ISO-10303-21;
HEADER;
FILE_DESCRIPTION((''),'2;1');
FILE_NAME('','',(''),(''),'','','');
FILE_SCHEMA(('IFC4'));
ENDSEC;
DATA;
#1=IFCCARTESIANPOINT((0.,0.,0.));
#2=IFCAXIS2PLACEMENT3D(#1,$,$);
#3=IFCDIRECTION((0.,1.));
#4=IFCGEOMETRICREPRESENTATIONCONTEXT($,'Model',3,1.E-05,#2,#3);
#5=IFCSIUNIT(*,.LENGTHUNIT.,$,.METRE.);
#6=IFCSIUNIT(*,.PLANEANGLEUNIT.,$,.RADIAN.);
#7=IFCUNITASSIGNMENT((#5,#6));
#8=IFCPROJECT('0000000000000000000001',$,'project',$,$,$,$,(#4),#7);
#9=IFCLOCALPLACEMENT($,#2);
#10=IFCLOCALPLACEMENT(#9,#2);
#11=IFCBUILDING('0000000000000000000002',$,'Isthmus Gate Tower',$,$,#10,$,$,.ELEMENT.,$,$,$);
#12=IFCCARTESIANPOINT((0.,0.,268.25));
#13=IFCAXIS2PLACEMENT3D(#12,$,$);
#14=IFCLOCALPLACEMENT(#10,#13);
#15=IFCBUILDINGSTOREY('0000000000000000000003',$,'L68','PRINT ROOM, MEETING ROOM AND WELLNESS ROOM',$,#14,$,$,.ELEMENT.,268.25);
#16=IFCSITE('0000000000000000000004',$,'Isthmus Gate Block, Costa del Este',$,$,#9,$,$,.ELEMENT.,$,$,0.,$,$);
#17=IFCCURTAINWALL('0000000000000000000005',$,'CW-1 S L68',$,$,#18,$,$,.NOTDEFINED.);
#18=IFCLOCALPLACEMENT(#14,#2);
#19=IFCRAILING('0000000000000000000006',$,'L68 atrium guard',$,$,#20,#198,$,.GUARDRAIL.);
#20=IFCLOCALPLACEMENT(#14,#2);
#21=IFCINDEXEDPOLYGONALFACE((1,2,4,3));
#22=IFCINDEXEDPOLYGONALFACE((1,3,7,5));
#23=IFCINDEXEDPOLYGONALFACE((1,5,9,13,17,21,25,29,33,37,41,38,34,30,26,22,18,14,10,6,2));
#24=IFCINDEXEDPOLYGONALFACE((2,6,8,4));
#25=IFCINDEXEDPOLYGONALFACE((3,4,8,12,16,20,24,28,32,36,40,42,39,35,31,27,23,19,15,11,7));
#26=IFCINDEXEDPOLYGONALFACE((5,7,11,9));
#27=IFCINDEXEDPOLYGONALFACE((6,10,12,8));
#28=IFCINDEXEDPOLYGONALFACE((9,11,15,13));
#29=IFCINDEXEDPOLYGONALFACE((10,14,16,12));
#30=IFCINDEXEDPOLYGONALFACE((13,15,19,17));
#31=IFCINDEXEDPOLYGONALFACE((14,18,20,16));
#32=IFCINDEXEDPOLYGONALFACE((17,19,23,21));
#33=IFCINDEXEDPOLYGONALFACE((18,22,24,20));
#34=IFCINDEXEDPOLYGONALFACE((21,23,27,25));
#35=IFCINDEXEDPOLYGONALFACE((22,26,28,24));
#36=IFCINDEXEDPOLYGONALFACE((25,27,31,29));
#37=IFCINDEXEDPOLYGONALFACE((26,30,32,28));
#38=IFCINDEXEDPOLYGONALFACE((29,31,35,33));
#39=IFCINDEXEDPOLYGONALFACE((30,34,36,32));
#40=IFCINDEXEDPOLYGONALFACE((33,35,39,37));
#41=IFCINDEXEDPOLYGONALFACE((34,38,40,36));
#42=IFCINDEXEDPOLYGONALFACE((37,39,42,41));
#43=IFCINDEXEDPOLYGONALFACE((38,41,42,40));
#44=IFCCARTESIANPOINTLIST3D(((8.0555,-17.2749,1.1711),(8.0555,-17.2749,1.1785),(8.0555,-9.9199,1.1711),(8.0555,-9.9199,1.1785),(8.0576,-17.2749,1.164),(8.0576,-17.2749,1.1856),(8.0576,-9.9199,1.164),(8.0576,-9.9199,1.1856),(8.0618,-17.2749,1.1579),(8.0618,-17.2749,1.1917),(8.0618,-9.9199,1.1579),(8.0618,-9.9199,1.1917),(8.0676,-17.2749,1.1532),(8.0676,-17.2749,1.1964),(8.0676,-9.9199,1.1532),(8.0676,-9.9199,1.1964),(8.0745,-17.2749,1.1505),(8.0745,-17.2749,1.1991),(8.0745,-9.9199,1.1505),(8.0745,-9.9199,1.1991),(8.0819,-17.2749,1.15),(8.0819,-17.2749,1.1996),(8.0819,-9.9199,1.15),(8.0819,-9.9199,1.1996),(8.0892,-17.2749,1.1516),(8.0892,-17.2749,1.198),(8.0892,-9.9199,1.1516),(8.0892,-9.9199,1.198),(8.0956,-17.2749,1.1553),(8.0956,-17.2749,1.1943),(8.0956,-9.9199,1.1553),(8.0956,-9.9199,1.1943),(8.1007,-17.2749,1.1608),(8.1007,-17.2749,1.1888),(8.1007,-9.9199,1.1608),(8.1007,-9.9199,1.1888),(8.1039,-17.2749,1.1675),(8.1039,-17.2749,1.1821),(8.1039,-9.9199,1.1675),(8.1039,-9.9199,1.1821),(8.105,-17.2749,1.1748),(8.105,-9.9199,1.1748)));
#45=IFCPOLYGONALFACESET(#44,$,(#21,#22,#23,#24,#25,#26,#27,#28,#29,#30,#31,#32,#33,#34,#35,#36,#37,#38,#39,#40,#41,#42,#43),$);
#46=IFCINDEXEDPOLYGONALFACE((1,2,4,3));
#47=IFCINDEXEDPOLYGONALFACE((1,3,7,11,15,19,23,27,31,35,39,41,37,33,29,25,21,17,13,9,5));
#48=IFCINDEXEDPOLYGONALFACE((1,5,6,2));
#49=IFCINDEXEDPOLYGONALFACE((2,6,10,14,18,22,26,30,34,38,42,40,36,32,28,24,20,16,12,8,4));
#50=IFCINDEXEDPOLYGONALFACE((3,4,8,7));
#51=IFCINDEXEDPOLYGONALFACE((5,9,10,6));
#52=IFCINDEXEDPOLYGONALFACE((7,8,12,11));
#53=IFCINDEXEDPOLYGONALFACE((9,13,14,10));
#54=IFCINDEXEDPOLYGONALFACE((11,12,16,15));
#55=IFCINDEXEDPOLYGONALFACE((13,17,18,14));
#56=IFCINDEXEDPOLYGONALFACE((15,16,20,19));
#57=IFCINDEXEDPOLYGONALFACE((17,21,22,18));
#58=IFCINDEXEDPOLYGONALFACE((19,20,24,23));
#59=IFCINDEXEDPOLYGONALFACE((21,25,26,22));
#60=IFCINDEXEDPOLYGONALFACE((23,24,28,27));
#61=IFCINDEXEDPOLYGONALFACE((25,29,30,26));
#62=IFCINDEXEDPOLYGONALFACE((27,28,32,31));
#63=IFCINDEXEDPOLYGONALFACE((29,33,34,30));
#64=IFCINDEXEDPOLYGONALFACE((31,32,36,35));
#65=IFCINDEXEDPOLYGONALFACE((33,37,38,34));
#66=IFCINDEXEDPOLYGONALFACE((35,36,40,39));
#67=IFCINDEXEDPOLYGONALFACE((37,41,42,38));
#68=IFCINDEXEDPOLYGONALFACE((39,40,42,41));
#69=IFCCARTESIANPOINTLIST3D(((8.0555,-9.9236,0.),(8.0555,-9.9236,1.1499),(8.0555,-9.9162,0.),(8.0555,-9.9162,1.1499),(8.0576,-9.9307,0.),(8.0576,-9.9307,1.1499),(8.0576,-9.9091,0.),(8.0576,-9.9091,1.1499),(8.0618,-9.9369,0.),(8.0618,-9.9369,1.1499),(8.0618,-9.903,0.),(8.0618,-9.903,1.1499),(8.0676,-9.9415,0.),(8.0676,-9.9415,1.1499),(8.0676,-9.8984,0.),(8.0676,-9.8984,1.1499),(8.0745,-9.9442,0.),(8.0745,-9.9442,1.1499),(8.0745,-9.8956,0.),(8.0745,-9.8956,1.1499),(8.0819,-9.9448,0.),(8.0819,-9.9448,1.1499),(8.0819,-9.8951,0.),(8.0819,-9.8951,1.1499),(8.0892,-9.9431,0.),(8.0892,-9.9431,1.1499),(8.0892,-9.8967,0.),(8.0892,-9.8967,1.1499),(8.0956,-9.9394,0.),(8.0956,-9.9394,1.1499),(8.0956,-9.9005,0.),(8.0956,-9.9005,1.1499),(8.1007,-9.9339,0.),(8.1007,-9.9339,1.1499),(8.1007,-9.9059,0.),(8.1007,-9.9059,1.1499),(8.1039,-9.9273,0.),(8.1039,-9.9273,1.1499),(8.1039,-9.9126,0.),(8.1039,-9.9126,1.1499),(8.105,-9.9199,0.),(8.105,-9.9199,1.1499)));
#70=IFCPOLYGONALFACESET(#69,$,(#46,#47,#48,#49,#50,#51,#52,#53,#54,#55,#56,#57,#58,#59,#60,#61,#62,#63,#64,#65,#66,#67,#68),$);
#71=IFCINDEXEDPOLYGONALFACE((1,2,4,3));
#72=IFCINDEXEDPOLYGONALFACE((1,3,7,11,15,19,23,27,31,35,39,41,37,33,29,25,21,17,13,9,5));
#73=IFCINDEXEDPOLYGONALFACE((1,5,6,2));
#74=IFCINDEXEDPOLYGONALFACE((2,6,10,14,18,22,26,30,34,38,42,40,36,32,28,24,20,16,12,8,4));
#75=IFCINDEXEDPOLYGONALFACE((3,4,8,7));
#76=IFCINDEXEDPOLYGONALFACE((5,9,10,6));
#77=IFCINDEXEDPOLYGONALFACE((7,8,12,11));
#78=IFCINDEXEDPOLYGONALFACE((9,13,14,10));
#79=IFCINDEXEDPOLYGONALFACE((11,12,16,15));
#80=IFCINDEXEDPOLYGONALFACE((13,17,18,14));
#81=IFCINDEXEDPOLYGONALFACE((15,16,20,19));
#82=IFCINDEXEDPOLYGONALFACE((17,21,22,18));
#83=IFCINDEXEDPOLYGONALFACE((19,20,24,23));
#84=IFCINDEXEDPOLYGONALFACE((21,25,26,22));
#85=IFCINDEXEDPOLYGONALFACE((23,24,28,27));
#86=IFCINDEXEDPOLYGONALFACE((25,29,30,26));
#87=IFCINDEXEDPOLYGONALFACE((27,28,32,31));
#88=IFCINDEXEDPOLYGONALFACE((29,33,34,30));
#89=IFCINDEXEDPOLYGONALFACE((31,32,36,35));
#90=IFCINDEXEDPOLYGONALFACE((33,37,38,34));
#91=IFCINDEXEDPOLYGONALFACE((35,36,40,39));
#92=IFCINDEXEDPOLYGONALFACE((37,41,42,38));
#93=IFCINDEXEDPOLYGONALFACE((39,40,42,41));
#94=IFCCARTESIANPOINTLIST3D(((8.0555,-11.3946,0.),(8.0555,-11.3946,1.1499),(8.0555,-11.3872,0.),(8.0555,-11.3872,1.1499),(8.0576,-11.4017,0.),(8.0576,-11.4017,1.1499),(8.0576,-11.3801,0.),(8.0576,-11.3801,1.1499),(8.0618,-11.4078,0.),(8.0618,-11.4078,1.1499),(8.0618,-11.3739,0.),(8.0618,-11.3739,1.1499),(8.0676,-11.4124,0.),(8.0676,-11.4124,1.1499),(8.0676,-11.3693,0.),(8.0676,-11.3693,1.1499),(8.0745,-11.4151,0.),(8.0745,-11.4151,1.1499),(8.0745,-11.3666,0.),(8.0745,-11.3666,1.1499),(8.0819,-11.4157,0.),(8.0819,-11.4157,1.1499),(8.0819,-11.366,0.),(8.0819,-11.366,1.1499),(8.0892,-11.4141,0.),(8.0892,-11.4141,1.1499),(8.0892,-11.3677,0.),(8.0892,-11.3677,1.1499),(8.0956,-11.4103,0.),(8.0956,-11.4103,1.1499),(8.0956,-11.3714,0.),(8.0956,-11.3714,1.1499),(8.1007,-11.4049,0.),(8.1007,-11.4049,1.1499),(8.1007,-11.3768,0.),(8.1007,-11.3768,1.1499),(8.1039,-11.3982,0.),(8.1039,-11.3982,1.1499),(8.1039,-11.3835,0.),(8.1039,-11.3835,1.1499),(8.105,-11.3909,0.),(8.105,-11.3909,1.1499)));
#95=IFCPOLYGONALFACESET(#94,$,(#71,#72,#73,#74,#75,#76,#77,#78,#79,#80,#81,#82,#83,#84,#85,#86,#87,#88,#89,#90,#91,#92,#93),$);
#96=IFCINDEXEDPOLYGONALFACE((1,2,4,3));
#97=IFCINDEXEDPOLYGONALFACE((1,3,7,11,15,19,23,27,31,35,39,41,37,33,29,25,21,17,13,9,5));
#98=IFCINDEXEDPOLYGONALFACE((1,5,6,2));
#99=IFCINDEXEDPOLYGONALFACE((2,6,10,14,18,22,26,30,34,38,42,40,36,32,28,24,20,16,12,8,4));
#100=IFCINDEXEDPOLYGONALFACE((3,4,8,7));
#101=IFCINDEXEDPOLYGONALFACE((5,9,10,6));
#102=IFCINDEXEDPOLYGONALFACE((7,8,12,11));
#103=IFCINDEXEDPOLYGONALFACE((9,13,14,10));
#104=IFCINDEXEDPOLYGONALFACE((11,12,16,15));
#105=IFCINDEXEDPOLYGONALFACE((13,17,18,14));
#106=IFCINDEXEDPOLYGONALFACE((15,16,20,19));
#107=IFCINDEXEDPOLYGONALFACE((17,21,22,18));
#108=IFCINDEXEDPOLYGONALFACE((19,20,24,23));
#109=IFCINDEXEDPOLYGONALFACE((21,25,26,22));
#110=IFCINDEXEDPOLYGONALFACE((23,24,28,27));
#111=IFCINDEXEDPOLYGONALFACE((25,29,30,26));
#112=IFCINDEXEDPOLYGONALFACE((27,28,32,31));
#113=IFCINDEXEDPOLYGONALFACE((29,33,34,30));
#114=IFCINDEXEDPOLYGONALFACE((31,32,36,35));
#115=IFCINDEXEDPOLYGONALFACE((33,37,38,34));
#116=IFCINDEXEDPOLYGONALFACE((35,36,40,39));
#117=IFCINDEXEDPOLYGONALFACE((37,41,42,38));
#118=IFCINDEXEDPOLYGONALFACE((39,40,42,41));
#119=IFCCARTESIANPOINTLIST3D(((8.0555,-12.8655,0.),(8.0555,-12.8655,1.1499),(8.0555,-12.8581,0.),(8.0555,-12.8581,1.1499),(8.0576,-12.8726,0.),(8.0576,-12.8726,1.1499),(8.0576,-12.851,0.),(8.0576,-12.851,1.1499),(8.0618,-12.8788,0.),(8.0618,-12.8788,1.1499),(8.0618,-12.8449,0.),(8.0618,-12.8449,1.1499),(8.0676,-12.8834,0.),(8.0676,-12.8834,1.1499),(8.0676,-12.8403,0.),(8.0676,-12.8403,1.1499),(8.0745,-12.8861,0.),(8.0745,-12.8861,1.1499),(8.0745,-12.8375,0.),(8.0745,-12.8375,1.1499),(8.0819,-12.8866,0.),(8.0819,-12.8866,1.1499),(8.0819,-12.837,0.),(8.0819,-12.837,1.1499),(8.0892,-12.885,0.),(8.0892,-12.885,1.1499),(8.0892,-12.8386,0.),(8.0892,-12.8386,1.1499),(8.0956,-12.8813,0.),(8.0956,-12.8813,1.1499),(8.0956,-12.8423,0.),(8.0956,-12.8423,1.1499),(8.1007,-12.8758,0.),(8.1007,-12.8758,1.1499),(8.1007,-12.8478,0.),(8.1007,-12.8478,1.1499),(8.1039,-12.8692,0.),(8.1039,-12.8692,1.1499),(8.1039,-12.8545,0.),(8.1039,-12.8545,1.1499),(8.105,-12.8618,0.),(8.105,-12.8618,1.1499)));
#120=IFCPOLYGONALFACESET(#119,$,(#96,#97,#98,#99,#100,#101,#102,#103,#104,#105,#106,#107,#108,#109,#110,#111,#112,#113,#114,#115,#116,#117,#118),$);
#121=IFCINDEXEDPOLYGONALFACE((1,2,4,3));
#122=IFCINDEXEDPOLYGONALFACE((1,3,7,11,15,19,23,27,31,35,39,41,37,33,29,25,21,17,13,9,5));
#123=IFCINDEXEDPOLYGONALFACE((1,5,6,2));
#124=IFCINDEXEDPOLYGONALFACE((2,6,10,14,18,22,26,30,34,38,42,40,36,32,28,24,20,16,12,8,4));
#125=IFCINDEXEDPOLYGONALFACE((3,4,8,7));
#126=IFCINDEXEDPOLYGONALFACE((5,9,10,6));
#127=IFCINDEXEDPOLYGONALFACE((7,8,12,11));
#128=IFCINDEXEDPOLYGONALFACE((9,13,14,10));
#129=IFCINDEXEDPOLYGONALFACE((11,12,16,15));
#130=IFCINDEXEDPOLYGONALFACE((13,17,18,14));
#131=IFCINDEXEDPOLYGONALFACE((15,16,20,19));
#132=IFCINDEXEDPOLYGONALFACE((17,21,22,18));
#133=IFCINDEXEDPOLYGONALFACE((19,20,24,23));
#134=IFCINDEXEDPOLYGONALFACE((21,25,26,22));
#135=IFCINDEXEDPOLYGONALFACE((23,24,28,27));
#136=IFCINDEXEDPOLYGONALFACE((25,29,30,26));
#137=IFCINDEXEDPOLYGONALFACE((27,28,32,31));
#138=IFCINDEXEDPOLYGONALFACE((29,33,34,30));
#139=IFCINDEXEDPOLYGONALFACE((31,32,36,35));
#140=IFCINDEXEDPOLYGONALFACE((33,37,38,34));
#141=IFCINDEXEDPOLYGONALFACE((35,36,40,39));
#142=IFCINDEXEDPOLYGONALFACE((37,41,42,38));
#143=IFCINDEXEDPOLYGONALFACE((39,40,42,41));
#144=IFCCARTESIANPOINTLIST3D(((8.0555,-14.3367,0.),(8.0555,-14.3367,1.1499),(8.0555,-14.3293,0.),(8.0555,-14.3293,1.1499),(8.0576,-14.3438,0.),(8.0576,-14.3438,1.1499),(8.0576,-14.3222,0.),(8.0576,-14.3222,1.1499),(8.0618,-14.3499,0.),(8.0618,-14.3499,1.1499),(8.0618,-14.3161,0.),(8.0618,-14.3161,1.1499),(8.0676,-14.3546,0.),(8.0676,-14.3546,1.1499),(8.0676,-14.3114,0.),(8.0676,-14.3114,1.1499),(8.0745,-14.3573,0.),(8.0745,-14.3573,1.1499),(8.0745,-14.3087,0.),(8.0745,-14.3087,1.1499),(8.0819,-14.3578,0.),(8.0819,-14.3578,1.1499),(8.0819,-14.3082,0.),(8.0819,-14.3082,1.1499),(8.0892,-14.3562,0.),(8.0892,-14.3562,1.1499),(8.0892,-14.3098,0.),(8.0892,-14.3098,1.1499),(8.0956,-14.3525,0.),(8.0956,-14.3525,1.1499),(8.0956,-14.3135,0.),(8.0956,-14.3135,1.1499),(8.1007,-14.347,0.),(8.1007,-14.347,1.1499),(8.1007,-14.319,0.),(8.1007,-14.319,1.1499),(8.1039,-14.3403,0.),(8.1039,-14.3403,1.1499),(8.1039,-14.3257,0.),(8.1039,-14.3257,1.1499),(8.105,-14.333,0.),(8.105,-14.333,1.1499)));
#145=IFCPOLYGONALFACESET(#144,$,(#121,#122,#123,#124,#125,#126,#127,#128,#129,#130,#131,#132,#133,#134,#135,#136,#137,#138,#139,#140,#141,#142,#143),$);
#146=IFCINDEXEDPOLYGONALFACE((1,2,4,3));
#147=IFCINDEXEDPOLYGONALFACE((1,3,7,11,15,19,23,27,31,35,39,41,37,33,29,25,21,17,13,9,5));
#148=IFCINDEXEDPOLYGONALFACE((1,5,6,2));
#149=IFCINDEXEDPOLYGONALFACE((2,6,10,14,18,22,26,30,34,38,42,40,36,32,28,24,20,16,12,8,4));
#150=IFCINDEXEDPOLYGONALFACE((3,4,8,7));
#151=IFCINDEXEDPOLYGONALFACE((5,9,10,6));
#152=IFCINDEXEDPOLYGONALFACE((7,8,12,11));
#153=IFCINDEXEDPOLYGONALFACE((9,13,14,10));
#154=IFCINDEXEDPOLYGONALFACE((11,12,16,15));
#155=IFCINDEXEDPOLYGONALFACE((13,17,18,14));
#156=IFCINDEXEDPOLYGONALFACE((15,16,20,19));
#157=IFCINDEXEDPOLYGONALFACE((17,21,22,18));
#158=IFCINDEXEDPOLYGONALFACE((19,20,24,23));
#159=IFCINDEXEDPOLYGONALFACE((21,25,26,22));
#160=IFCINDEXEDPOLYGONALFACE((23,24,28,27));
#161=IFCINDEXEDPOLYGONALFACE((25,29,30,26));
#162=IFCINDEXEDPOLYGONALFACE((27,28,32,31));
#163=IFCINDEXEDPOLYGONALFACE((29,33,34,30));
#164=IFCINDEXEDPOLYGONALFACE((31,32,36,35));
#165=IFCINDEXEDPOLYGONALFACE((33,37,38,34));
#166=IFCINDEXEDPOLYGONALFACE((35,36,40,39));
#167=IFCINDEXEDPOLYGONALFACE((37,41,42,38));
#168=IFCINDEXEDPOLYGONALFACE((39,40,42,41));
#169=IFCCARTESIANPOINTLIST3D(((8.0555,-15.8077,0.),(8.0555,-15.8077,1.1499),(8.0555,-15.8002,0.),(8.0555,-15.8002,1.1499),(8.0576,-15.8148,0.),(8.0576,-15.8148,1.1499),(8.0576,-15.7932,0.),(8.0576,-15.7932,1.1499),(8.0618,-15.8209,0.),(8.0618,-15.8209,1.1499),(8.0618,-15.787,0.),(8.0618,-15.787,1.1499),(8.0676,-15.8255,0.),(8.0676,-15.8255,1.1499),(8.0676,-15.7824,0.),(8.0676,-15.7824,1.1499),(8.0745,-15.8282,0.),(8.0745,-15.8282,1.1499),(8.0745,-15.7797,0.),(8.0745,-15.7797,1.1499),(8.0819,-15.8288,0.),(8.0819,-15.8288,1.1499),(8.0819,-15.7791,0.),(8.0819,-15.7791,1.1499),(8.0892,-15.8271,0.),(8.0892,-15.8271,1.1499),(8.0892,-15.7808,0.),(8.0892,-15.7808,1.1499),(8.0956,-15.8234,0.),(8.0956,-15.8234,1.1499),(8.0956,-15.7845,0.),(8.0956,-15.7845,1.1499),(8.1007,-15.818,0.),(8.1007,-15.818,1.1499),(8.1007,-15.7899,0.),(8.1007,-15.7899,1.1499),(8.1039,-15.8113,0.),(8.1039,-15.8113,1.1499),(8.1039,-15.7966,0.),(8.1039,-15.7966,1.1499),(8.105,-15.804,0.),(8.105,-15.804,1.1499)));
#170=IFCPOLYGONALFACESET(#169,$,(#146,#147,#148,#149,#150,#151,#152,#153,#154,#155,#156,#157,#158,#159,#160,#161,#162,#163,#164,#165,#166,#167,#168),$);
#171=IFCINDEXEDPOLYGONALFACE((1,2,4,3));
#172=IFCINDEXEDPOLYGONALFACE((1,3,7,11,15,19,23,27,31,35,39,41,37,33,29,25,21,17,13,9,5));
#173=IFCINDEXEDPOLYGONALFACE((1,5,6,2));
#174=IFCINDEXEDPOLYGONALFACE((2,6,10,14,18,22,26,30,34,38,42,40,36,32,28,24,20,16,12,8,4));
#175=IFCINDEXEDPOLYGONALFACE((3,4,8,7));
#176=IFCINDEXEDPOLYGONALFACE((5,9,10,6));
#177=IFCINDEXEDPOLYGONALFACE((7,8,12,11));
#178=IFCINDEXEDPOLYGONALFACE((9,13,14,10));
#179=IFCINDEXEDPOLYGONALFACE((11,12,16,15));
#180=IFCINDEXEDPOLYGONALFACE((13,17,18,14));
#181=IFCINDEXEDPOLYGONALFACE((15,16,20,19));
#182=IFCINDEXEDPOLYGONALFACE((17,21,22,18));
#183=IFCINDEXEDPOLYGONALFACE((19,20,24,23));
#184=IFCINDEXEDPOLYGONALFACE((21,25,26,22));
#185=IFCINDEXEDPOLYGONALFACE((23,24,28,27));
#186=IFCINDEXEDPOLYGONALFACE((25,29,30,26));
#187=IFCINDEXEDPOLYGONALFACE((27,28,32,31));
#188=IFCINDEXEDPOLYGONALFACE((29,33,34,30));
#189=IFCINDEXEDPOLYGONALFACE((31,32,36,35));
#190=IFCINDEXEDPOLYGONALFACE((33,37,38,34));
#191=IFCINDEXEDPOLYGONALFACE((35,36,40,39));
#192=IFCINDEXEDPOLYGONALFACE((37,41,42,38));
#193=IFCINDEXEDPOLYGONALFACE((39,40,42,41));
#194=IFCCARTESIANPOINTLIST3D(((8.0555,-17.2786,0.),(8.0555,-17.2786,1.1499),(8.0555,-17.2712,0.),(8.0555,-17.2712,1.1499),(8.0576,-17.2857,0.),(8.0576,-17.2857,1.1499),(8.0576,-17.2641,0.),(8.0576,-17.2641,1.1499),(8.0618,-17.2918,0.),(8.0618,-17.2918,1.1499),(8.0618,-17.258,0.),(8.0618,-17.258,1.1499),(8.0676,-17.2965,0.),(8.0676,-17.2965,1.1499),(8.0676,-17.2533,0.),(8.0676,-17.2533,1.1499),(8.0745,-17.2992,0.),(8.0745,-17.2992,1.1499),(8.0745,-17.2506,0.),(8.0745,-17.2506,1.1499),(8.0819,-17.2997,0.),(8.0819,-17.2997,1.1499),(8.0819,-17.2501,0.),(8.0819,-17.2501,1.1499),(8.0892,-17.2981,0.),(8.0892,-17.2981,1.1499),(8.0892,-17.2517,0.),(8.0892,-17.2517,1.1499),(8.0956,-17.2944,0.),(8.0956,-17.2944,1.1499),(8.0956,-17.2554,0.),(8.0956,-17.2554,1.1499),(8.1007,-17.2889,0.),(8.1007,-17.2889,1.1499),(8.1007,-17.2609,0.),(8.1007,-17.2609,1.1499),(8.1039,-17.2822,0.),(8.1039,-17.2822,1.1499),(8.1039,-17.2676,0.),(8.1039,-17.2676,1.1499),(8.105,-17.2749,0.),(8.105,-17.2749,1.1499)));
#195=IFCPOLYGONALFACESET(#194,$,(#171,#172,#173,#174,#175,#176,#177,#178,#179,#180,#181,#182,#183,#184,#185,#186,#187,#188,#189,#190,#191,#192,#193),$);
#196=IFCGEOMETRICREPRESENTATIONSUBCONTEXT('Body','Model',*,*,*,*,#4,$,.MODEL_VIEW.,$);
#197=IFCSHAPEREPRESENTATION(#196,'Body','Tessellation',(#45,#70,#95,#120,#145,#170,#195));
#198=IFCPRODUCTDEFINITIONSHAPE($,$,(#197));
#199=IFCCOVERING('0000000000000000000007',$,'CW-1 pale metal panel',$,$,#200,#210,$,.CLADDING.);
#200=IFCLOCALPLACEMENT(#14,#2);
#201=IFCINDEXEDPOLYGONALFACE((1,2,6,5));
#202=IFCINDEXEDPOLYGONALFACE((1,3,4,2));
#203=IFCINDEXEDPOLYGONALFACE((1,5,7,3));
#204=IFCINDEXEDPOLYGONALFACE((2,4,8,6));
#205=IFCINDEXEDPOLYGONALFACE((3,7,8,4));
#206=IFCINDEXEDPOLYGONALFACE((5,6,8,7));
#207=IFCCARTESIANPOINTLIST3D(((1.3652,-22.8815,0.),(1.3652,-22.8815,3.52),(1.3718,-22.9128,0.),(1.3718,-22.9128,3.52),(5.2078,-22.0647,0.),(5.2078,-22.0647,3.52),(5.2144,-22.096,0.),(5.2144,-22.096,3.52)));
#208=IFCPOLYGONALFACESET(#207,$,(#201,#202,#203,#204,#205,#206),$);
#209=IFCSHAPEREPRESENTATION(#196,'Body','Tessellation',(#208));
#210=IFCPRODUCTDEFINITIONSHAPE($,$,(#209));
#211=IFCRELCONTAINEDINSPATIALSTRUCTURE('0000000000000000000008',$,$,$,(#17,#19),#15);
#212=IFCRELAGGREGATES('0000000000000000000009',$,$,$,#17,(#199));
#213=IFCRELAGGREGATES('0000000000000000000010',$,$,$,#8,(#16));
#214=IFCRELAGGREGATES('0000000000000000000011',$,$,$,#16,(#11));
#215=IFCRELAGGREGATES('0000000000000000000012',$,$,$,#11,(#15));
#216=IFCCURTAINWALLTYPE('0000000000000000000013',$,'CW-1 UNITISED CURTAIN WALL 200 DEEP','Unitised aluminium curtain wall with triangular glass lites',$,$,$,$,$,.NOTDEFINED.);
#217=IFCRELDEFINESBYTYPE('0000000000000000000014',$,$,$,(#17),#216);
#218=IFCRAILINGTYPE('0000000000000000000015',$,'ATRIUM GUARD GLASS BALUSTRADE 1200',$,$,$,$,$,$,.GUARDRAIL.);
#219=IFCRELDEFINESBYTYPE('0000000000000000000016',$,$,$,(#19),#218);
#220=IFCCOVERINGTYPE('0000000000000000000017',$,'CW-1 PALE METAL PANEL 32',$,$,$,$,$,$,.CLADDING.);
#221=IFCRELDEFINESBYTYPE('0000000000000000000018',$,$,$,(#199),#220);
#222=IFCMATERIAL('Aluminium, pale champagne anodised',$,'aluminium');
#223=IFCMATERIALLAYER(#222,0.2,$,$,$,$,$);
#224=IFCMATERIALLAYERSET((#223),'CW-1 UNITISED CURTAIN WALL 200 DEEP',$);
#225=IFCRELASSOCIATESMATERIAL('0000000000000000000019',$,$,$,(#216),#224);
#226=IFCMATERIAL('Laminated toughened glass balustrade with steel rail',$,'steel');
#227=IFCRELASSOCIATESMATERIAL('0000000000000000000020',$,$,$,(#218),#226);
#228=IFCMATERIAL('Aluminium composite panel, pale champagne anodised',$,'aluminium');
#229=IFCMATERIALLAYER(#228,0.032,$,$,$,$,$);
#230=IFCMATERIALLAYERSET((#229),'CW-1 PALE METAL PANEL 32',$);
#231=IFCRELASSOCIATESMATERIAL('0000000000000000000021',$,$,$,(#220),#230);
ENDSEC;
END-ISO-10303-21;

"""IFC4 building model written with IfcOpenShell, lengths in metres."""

from ifc_helpers import new_model, si_unit, direction, frame, origin, origin_2d, place, context, subcontext, project, spatial, rectangle, circle, extrude, material, layer, layer_set, type_object, element, aggregate, save


model = new_model("IFC4")

# Units and contexts
model_context = context("Model", 3, precision=1e-05, world=origin(), true_north=direction((0.0, 1.0)))
body_context = subcontext(model_context, "Body", "Model", "MODEL_VIEW")
ifc_project = project(units=[si_unit("LENGTHUNIT", "METRE"), si_unit("PLANEANGLEUNIT", "RADIAN")], contexts=[model_context])

# Site, building, storey
site_placement = place(None, origin())
site = spatial("IfcSite", under=ifc_project, at=site_placement, Name="Isthmus Gate Block, Costa del Este", CompositionType="ELEMENT", RefElevation=0.0)
building_placement = place(site_placement, origin())
building = spatial("IfcBuilding", under=site, at=building_placement, Name="Isthmus Gate Tower", CompositionType="ELEMENT")
storey_placement = place(building_placement, frame((0.0, 0.0, 268.25)))
storey = spatial("IfcBuildingStorey", under=building, at=storey_placement, Name="L68", Description="PRINT ROOM, MEETING ROOM AND WELLNESS ROOM", CompositionType="ELEMENT", Elevation=268.25)

# Curtain wall
ifc_material_1 = material(Name="Aluminium, pale champagne anodised", Category="aluminium")
ifc_layer_1 = layer(ifc_material_1, 0.2)
ifc_layer_set_1 = layer_set([ifc_layer_1], Name="CW-1 UNITISED CURTAIN WALL 200 DEEP")
curtain_wall_type = type_object("IfcCurtainWallType", Name="CW-1 UNITISED CURTAIN WALL 200 DEEP", Description="Unitised aluminium curtain wall with triangular glass lites", PredefinedType="NOTDEFINED", material=ifc_layer_set_1)
curtain_wall_placement = place(storey_placement, origin())
curtain_wall = element("IfcCurtainWall", 1, at=curtain_wall_placement, inside=storey, type_object=curtain_wall_type, Name="CW-1 S L68", PredefinedType="NOTDEFINED")

# Railing
ifc_material_2 = material(Name="Laminated toughened glass balustrade with steel rail", Category="steel")
railing_type = type_object("IfcRailingType", Name="ATRIUM GUARD GLASS BALUSTRADE 1200", PredefinedType="GUARDRAIL", material=ifc_material_2)
railing_1_placement = place(storey_placement, frame((8.0801, -9.9199, 0.0)))
element("IfcRailing", 2, at=railing_1_placement, inside=storey, type_object=railing_type, Name="L68 atrium guard", PredefinedType="GUARDRAIL", context=body_context, shape_type="SweptSolid", body=[
    extrude(circle(Radius=0.0249, at=origin_2d()), frame((0.0, 0.0, 1.1748), z_axis=(0.0, -1.0, 0.0), x_axis=(1.0, 0.0, 0.0)), (0.0, 0.0, 1.0), 7.355),
    extrude(circle(Radius=0.0249, at=origin_2d()), origin(), (0.0, 0.0, 1.0), 1.1499),
    extrude(circle(Radius=0.0249, at=origin_2d()), frame((0.0, -1.4709, 0.0)), (0.0, 0.0, 1.0), 1.1499),
    extrude(circle(Radius=0.0249, at=origin_2d()), frame((0.0, -2.9419, 0.0)), (0.0, 0.0, 1.0), 1.1499),
    extrude(circle(Radius=0.0249, at=origin_2d()), frame((0.0, -4.4131, 0.0)), (0.0, 0.0, 1.0), 1.1499),
    extrude(circle(Radius=0.0249, at=origin_2d()), frame((0.0, -5.884, 0.0)), (0.0, 0.0, 1.0), 1.1499),
    extrude(circle(Radius=0.0249, at=origin_2d()), frame((0.0, -7.355, 0.0)), (0.0, 0.0, 1.0), 1.1499),
])

# Covering
ifc_material_3 = material(Name="Aluminium composite panel, pale champagne anodised", Category="aluminium")
ifc_layer_2 = layer(ifc_material_3, 0.032)
ifc_layer_set_2 = layer_set([ifc_layer_2], Name="CW-1 PALE METAL PANEL 32")
covering_type = type_object("IfcCoveringType", Name="CW-1 PALE METAL PANEL 32", PredefinedType="CLADDING", material=ifc_layer_set_2)
covering_1_placement = place(storey_placement, frame((3.2898, -22.4888, 0.0), z_axis=(0.0, 0.0, 1.0), x_axis=(0.978148, 0.207912, 0.0)))
covering_1 = element("IfcCovering", 3, at=covering_1_placement, type_object=covering_type, Name="CW-1 pale metal panel", PredefinedType="CLADDING", context=body_context, shape_type="SweptSolid", body=[
    extrude(rectangle(XDim=3.9285, YDim=0.032, at=origin_2d()), origin(), (0.0, 0.0, 1.0), 3.52),
])
aggregate(curtain_wall, [covering_1])

save(model, "model.ifc")
